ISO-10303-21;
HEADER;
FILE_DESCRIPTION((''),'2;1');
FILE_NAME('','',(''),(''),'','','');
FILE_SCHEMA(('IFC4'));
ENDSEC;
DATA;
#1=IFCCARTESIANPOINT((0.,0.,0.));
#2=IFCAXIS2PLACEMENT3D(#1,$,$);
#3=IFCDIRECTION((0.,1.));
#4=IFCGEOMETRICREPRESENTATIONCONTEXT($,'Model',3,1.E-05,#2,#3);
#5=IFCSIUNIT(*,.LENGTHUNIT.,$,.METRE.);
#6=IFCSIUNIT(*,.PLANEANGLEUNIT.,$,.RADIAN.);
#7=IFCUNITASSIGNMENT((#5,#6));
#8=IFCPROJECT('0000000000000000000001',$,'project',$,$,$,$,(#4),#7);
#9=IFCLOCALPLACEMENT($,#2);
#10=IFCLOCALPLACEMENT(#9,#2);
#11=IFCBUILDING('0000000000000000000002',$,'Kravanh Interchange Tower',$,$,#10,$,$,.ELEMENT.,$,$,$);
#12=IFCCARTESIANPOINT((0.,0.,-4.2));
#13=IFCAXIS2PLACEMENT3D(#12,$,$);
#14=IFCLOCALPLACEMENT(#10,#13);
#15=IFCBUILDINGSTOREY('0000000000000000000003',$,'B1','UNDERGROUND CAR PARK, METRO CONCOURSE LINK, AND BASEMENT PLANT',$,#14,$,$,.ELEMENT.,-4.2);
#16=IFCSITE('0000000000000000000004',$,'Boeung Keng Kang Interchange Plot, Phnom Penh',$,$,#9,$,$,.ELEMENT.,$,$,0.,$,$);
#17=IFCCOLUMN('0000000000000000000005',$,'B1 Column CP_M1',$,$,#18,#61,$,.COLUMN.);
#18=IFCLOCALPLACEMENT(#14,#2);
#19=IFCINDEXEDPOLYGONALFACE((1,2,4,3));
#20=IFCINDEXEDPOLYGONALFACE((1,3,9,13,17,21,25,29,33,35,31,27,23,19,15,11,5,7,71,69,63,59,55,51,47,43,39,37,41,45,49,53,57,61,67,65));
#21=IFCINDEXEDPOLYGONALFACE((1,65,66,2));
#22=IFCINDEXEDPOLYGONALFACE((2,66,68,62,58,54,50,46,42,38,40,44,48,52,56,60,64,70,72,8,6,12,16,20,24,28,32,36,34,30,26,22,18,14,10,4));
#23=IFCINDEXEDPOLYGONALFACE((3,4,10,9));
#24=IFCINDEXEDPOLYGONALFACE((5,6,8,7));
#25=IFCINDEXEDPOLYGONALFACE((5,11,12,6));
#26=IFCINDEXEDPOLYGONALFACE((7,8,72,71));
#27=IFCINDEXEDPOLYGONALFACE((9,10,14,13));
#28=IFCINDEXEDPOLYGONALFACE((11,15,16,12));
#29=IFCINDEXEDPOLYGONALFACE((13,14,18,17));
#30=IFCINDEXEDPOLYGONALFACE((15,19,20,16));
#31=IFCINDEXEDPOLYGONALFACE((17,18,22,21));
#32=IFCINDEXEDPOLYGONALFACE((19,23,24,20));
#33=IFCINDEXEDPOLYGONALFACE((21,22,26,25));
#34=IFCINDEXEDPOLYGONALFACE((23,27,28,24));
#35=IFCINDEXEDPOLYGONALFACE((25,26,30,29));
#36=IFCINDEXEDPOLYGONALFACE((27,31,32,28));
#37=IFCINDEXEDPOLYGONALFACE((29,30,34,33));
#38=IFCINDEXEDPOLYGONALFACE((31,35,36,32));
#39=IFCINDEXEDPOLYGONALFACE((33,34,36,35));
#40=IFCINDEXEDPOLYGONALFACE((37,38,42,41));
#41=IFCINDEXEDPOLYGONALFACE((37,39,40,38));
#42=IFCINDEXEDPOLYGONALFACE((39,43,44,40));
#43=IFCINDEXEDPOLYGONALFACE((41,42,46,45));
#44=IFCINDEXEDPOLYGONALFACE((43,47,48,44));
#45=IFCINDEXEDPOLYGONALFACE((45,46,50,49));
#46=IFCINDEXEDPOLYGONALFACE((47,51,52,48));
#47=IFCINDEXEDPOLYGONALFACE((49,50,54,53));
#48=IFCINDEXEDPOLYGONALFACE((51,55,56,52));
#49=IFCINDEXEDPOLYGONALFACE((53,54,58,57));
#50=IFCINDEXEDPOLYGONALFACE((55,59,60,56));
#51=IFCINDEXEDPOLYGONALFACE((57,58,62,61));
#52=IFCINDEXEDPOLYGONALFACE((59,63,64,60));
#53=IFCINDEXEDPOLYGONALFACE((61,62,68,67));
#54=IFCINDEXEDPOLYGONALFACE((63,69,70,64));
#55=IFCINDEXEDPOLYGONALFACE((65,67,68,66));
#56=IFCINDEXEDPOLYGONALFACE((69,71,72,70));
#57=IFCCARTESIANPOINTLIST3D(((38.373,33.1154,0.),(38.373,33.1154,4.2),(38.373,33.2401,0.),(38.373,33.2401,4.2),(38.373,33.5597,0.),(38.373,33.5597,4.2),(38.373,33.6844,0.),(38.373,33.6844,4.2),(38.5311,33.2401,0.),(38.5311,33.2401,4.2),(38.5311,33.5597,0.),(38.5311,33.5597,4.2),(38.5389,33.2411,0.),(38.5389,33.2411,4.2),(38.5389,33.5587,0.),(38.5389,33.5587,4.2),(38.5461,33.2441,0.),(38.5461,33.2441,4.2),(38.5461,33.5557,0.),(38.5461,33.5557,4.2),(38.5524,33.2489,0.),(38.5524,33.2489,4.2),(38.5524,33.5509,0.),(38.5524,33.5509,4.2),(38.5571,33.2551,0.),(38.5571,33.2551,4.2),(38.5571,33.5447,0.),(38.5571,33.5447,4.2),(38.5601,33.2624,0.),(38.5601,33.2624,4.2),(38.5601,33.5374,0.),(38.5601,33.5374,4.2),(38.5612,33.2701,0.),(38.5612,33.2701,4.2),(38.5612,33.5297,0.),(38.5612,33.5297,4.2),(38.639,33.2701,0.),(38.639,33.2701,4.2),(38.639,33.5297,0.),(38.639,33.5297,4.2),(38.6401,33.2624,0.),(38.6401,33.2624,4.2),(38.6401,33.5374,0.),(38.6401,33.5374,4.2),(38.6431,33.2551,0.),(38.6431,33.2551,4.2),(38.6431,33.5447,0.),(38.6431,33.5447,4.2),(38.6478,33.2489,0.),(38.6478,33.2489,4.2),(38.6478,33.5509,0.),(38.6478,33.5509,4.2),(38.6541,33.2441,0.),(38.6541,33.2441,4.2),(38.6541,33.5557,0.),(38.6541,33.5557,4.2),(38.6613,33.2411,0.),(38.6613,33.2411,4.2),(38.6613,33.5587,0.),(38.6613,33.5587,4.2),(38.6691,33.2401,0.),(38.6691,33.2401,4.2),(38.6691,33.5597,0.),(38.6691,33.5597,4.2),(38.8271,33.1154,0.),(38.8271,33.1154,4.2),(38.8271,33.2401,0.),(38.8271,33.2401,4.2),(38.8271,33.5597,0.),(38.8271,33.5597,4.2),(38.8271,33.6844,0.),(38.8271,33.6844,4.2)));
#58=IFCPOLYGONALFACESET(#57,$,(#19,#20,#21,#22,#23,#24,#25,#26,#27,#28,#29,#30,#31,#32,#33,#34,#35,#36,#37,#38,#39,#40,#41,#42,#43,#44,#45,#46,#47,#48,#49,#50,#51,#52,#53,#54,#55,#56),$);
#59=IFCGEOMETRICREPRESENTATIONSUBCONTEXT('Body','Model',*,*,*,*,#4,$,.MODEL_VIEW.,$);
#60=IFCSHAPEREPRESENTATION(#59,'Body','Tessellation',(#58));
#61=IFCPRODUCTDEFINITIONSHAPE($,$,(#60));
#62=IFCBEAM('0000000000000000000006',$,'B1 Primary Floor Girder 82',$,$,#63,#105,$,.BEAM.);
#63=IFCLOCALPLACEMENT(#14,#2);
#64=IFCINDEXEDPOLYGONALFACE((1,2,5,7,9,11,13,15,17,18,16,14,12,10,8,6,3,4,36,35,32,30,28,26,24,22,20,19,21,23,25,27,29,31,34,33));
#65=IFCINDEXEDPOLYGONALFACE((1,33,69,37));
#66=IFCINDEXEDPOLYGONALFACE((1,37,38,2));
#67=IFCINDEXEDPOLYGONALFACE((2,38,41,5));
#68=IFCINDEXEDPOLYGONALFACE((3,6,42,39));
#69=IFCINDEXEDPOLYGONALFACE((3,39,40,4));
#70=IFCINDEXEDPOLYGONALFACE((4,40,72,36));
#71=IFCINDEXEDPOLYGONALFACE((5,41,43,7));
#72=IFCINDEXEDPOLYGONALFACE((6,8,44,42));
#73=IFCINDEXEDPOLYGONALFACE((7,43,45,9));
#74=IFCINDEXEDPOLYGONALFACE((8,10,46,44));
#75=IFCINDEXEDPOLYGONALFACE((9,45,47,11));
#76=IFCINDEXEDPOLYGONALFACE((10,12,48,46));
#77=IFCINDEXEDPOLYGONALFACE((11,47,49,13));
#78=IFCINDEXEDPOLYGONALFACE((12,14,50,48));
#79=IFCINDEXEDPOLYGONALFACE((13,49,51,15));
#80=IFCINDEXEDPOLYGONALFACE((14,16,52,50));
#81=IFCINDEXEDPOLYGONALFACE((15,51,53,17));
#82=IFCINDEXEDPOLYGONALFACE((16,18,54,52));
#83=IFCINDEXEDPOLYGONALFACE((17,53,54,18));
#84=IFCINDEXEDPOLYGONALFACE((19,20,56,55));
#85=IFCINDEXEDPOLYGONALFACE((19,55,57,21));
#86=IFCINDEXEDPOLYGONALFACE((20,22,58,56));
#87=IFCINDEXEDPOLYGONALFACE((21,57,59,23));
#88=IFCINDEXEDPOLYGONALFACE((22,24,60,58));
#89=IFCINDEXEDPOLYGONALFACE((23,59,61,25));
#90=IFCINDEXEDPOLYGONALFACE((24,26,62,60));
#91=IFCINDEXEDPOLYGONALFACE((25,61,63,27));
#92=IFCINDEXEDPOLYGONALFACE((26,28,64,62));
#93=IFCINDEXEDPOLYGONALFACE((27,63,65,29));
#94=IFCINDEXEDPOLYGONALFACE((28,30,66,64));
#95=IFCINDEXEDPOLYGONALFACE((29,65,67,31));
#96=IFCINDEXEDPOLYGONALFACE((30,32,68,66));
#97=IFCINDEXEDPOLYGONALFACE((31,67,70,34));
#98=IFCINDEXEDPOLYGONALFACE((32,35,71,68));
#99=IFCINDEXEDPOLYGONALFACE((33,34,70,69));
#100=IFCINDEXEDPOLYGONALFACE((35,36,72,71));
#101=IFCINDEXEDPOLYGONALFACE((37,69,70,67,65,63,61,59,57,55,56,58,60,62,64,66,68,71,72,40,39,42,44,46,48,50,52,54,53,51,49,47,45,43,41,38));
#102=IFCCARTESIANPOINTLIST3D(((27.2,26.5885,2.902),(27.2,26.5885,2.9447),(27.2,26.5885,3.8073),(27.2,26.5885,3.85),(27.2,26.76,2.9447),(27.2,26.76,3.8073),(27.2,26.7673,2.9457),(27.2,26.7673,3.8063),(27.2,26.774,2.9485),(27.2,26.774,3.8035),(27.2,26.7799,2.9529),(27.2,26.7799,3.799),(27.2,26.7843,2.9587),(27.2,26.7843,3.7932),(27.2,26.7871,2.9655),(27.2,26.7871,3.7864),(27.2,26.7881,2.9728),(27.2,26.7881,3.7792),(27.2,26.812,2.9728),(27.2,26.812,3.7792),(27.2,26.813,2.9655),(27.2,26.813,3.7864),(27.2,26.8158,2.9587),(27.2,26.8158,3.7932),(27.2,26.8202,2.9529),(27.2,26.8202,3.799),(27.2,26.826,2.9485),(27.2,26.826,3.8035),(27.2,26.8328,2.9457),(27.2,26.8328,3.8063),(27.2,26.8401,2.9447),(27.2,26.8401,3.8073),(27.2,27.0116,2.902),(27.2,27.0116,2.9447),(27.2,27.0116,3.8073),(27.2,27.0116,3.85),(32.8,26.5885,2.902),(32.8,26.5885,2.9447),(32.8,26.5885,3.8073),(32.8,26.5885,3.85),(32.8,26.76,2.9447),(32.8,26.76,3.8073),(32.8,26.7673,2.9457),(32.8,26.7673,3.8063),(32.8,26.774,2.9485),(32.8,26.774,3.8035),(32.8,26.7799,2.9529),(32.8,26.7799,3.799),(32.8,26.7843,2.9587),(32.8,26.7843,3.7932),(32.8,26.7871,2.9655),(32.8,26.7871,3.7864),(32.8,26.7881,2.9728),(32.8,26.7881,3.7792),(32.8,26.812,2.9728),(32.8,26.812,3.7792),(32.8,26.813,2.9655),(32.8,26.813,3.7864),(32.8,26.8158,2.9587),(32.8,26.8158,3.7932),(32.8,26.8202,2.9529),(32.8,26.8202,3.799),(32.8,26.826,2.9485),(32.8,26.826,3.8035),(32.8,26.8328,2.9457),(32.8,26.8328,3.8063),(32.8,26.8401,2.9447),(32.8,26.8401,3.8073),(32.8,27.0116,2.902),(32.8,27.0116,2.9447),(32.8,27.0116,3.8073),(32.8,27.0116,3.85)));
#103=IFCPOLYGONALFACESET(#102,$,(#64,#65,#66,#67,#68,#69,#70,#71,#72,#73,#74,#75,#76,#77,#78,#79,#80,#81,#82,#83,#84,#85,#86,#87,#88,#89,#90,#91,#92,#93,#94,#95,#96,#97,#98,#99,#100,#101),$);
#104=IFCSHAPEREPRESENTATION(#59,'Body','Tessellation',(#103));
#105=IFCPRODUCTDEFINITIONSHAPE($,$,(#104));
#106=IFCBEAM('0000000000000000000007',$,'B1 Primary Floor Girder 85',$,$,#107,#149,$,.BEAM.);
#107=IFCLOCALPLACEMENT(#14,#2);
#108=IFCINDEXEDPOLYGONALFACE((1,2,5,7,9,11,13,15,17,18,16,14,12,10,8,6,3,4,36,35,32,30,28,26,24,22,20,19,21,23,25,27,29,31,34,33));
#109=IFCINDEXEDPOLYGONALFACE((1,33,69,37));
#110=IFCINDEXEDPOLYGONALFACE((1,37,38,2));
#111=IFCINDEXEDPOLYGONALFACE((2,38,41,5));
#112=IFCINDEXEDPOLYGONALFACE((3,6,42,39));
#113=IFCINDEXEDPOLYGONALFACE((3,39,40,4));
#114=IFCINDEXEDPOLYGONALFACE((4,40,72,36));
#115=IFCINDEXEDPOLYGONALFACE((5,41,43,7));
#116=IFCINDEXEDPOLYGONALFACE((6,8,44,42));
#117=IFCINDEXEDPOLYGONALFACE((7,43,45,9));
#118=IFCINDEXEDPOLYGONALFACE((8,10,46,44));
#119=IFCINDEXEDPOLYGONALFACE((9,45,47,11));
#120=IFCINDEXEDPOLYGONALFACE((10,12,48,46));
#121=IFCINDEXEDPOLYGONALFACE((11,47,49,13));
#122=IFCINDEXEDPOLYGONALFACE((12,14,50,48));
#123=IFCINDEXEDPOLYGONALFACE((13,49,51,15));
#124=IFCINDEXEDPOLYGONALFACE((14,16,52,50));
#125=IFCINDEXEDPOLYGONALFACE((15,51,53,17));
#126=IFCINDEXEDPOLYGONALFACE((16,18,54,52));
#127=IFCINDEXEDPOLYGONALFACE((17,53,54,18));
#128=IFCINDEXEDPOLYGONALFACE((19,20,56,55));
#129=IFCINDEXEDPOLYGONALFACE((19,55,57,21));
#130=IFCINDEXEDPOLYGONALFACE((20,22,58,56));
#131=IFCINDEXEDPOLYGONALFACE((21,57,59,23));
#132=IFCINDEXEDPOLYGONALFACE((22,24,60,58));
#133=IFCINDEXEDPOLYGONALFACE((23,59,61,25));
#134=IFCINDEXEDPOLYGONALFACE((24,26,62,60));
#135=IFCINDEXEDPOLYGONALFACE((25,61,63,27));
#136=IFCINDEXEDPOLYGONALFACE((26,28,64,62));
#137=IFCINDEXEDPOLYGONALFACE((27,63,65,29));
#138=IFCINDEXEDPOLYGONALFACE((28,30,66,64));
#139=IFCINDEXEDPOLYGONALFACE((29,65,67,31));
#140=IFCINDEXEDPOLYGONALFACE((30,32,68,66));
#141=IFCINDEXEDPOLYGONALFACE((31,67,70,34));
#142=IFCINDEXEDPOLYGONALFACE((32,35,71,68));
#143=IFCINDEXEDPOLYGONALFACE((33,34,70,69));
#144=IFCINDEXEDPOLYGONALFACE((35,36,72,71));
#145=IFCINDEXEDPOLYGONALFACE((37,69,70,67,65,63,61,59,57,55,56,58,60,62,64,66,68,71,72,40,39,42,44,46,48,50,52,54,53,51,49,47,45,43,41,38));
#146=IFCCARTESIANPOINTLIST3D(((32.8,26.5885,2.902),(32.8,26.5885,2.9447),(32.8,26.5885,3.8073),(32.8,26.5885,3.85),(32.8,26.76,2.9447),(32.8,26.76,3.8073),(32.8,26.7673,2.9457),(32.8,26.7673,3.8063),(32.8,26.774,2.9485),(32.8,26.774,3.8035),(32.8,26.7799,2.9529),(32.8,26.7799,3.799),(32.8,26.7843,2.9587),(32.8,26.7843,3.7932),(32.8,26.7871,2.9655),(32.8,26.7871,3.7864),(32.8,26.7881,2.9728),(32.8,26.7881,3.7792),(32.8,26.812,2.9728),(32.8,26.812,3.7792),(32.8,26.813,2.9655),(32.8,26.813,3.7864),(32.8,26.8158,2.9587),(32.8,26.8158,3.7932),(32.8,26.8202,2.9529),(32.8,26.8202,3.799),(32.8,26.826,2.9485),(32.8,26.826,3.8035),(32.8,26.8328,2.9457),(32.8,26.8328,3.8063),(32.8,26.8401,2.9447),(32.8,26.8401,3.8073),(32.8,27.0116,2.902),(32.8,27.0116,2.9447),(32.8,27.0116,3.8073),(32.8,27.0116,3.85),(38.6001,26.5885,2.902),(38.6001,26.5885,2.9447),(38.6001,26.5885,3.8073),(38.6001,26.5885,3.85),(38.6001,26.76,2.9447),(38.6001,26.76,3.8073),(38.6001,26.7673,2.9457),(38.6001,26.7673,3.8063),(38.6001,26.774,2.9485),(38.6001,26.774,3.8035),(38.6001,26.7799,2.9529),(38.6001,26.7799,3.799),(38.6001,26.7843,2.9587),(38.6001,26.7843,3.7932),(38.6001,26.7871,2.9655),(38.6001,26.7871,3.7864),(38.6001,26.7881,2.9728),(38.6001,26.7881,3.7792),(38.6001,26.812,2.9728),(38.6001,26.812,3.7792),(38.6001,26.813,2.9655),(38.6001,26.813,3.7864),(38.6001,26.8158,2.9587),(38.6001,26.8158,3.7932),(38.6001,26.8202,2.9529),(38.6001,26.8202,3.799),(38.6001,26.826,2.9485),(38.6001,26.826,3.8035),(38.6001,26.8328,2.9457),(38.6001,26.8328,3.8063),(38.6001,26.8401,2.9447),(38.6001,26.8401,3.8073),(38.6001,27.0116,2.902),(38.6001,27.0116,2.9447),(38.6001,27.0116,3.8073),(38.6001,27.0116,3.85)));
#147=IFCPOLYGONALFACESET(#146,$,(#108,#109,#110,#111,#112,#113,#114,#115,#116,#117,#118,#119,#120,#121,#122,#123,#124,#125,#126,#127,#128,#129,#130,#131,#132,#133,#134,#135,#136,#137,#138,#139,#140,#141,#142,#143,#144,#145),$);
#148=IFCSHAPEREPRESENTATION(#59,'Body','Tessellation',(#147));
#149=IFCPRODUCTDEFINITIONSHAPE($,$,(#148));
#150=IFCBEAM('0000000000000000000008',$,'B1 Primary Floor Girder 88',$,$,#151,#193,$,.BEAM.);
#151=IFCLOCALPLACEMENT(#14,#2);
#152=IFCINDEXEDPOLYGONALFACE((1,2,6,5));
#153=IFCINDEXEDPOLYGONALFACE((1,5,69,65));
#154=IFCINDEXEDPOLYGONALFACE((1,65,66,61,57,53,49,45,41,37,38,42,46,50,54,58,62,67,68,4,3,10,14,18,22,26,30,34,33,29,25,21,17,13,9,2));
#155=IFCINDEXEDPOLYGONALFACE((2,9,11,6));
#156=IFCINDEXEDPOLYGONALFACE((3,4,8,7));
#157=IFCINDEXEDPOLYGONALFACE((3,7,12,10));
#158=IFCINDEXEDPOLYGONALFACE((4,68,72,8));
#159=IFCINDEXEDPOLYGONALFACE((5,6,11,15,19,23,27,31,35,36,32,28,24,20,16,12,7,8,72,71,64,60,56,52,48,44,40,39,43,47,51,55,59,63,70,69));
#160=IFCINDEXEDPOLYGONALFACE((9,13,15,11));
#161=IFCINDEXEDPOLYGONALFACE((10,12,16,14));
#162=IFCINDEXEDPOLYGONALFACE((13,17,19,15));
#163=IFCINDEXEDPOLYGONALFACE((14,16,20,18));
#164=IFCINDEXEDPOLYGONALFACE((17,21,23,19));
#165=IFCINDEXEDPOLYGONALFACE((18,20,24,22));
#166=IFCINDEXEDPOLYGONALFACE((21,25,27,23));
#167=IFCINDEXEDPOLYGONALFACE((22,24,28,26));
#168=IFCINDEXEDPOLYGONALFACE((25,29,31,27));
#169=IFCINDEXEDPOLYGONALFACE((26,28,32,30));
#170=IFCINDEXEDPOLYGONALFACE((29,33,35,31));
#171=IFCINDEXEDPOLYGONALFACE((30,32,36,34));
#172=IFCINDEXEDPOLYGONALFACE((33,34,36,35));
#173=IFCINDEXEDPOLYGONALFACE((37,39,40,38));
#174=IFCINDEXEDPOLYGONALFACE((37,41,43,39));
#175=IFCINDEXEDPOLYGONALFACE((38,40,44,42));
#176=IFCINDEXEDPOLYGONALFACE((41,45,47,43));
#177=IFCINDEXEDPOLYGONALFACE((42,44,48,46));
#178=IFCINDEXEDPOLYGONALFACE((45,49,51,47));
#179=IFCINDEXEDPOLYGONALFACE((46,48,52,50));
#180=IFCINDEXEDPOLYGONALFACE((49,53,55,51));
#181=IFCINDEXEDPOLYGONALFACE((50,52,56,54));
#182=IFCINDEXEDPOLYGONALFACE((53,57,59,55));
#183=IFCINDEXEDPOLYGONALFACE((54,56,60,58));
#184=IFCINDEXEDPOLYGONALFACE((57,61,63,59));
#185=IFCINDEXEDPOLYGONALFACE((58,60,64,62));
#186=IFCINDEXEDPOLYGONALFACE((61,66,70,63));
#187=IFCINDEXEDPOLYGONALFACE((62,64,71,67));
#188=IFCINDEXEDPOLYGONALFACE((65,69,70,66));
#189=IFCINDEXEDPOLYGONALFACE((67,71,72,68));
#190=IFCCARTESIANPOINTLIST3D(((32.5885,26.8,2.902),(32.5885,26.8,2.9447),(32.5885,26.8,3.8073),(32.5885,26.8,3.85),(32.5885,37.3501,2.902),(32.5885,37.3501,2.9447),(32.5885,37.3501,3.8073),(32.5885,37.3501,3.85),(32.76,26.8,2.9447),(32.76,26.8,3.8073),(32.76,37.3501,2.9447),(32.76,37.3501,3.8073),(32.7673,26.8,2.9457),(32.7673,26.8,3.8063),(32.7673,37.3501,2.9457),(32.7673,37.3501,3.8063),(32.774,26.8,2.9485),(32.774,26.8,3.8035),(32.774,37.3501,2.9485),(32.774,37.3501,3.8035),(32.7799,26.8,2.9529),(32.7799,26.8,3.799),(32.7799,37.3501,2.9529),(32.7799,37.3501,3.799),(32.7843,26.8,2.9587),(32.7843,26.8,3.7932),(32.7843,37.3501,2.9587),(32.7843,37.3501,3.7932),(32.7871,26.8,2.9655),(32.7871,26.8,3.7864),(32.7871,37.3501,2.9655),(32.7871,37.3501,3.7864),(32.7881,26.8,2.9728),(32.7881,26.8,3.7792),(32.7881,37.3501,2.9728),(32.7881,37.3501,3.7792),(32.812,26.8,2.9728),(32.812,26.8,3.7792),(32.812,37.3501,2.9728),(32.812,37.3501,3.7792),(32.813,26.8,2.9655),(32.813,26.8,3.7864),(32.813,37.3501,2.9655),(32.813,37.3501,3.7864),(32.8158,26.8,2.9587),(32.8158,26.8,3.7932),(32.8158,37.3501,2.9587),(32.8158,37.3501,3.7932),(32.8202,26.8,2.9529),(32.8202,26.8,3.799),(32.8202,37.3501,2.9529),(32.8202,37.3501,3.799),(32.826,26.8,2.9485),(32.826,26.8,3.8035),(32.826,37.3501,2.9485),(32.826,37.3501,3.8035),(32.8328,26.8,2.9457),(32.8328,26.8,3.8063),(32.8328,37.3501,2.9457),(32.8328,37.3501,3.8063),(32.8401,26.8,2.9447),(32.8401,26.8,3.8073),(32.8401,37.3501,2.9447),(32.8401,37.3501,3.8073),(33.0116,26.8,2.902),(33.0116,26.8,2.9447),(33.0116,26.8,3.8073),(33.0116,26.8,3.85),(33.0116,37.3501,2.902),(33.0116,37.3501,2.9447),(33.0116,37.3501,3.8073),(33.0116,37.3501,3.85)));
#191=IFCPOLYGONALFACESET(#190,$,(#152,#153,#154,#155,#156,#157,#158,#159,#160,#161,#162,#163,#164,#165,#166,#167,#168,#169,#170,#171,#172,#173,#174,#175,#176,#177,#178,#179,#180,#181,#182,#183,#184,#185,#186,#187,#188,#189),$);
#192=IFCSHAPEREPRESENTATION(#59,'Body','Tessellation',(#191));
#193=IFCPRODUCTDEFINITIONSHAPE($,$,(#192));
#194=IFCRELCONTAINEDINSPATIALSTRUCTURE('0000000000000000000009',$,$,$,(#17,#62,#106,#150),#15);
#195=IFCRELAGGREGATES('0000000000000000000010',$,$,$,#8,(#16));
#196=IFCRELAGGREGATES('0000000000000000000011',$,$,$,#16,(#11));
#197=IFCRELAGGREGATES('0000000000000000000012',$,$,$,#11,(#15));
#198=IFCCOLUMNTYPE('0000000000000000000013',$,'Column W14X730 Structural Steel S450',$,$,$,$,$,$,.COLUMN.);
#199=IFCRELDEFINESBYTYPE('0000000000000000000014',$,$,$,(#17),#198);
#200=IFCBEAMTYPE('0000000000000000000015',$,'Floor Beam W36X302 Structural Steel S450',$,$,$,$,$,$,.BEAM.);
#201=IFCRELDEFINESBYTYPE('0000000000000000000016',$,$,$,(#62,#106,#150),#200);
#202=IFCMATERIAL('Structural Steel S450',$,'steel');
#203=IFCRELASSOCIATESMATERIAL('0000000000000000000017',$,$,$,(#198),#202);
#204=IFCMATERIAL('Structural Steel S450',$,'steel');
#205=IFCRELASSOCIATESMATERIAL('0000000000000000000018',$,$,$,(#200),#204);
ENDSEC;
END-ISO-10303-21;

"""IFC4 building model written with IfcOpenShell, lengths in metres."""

from ifc_helpers import new_model, si_unit, direction, frame, origin, origin_2d, place, context, subcontext, project, spatial, i_section, extrude, material, material_profile, profile_set, type_object, element, save


model = new_model("IFC4")

# Units and contexts
model_context = context("Model", 3, precision=1e-05, world=origin(), true_north=direction((0.0, 1.0)))
body_context = subcontext(model_context, "Body", "Model", "MODEL_VIEW")
ifc_project = project(units=[si_unit("LENGTHUNIT", "METRE"), si_unit("PLANEANGLEUNIT", "RADIAN")], contexts=[model_context])

# Site, building, storey
site_placement = place(None, origin())
site = spatial("IfcSite", under=ifc_project, at=site_placement, Name="Boeung Keng Kang Interchange Plot, Phnom Penh", CompositionType="ELEMENT", RefElevation=0.0)
building_placement = place(site_placement, origin())
building = spatial("IfcBuilding", under=site, at=building_placement, Name="Kravanh Interchange Tower", CompositionType="ELEMENT")
storey_placement = place(building_placement, frame((0.0, 0.0, -4.2)))
storey = spatial("IfcBuildingStorey", under=building, at=storey_placement, Name="B1", Description="UNDERGROUND CAR PARK, METRO CONCOURSE LINK, AND BASEMENT PLANT", CompositionType="ELEMENT", Elevation=-4.2)

# Column
ifc_material_1 = material(Name="Structural Steel S450", Category="steel")
ifc_material_profile_1 = material_profile(ifc_material_1, i_section(OverallWidth=0.4541, OverallDepth=0.5691, WebThickness=0.0779, FlangeThickness=0.1248, FilletRadius=0.03, at=origin_2d()), Name="W14X730")
ifc_profile_set_1 = profile_set([ifc_material_profile_1], Name="Structural Steel S450")
column_type_1 = type_object("IfcColumnType", Name="Column W14X730 Structural Steel S450", PredefinedType="COLUMN", material=ifc_profile_set_1)
for number, where, z_axis, x_axis, name in (
    (1, (38.6001, 33.3999, 0.0), (0.0, 0.0, 1.0), (1.0, 0.0, 0.0), "B1 Column CP_M1"),
):
    element("IfcColumn", number, at=place(storey_placement, frame(where, z_axis=z_axis, x_axis=x_axis)), inside=storey, type_object=column_type_1, Name=name, PredefinedType="COLUMN", context=body_context, shape_type="SweptSolid", body=[
        extrude(i_section(OverallWidth=0.4541, OverallDepth=0.5691, WebThickness=0.0779, FlangeThickness=0.1248, FilletRadius=0.03, at=origin_2d()), origin(), (0.0, 0.0, 1.0), 4.2),
    ])

# Beams
ifc_material_2 = material(Name="Structural Steel S450", Category="steel")
ifc_material_profile_2 = material_profile(ifc_material_2, i_section(OverallWidth=0.4231, OverallDepth=0.948, WebThickness=0.0239, FlangeThickness=0.0427, FilletRadius=0.0281, at=origin_2d()), Name="W36X302")
ifc_profile_set_2 = profile_set([ifc_material_profile_2], Name="Structural Steel S450")
beam_type_1 = type_object("IfcBeamType", Name="Floor Beam W36X302 Structural Steel S450", PredefinedType="BEAM", material=ifc_profile_set_2)
beam_1_placement = place(storey_placement, frame((27.2, 26.8, 3.376), z_axis=(1.0, 0.0, 0.0), x_axis=(0.0, 1.0, 0.0)))
element("IfcBeam", 2, at=beam_1_placement, inside=storey, type_object=beam_type_1, Name="B1 Primary Floor Girder 82", PredefinedType="BEAM", context=body_context, shape_type="SweptSolid", body=[
    extrude(i_section(OverallWidth=0.4231, OverallDepth=0.948, WebThickness=0.0239, FlangeThickness=0.0427, FilletRadius=0.0281, at=origin_2d()), origin(), (0.0, 0.0, 1.0), 5.6001),
])
beam_2_placement = place(storey_placement, frame((32.8, 26.8, 3.376), z_axis=(1.0, 0.0, 0.0), x_axis=(0.0, 1.0, 0.0)))
element("IfcBeam", 3, at=beam_2_placement, inside=storey, type_object=beam_type_1, Name="B1 Primary Floor Girder 85", PredefinedType="BEAM", context=body_context, shape_type="SweptSolid", body=[
    extrude(i_section(OverallWidth=0.4231, OverallDepth=0.948, WebThickness=0.0239, FlangeThickness=0.0427, FilletRadius=0.0281, at=origin_2d()), origin(), (0.0, 0.0, 1.0), 5.8),
])
beam_3_placement = place(storey_placement, frame((32.8, 26.8, 3.376), z_axis=(0.0, 1.0, 0.0), x_axis=(-1.0, 0.0, 0.0)))
element("IfcBeam", 4, at=beam_3_placement, inside=storey, type_object=beam_type_1, Name="B1 Primary Floor Girder 88", PredefinedType="BEAM", context=body_context, shape_type="SweptSolid", body=[
    extrude(i_section(OverallWidth=0.4231, OverallDepth=0.948, WebThickness=0.0239, FlangeThickness=0.0427, FilletRadius=0.0281, at=origin_2d()), origin(), (0.0, 0.0, 1.0), 10.55),
])

save(model, "model.ifc")
